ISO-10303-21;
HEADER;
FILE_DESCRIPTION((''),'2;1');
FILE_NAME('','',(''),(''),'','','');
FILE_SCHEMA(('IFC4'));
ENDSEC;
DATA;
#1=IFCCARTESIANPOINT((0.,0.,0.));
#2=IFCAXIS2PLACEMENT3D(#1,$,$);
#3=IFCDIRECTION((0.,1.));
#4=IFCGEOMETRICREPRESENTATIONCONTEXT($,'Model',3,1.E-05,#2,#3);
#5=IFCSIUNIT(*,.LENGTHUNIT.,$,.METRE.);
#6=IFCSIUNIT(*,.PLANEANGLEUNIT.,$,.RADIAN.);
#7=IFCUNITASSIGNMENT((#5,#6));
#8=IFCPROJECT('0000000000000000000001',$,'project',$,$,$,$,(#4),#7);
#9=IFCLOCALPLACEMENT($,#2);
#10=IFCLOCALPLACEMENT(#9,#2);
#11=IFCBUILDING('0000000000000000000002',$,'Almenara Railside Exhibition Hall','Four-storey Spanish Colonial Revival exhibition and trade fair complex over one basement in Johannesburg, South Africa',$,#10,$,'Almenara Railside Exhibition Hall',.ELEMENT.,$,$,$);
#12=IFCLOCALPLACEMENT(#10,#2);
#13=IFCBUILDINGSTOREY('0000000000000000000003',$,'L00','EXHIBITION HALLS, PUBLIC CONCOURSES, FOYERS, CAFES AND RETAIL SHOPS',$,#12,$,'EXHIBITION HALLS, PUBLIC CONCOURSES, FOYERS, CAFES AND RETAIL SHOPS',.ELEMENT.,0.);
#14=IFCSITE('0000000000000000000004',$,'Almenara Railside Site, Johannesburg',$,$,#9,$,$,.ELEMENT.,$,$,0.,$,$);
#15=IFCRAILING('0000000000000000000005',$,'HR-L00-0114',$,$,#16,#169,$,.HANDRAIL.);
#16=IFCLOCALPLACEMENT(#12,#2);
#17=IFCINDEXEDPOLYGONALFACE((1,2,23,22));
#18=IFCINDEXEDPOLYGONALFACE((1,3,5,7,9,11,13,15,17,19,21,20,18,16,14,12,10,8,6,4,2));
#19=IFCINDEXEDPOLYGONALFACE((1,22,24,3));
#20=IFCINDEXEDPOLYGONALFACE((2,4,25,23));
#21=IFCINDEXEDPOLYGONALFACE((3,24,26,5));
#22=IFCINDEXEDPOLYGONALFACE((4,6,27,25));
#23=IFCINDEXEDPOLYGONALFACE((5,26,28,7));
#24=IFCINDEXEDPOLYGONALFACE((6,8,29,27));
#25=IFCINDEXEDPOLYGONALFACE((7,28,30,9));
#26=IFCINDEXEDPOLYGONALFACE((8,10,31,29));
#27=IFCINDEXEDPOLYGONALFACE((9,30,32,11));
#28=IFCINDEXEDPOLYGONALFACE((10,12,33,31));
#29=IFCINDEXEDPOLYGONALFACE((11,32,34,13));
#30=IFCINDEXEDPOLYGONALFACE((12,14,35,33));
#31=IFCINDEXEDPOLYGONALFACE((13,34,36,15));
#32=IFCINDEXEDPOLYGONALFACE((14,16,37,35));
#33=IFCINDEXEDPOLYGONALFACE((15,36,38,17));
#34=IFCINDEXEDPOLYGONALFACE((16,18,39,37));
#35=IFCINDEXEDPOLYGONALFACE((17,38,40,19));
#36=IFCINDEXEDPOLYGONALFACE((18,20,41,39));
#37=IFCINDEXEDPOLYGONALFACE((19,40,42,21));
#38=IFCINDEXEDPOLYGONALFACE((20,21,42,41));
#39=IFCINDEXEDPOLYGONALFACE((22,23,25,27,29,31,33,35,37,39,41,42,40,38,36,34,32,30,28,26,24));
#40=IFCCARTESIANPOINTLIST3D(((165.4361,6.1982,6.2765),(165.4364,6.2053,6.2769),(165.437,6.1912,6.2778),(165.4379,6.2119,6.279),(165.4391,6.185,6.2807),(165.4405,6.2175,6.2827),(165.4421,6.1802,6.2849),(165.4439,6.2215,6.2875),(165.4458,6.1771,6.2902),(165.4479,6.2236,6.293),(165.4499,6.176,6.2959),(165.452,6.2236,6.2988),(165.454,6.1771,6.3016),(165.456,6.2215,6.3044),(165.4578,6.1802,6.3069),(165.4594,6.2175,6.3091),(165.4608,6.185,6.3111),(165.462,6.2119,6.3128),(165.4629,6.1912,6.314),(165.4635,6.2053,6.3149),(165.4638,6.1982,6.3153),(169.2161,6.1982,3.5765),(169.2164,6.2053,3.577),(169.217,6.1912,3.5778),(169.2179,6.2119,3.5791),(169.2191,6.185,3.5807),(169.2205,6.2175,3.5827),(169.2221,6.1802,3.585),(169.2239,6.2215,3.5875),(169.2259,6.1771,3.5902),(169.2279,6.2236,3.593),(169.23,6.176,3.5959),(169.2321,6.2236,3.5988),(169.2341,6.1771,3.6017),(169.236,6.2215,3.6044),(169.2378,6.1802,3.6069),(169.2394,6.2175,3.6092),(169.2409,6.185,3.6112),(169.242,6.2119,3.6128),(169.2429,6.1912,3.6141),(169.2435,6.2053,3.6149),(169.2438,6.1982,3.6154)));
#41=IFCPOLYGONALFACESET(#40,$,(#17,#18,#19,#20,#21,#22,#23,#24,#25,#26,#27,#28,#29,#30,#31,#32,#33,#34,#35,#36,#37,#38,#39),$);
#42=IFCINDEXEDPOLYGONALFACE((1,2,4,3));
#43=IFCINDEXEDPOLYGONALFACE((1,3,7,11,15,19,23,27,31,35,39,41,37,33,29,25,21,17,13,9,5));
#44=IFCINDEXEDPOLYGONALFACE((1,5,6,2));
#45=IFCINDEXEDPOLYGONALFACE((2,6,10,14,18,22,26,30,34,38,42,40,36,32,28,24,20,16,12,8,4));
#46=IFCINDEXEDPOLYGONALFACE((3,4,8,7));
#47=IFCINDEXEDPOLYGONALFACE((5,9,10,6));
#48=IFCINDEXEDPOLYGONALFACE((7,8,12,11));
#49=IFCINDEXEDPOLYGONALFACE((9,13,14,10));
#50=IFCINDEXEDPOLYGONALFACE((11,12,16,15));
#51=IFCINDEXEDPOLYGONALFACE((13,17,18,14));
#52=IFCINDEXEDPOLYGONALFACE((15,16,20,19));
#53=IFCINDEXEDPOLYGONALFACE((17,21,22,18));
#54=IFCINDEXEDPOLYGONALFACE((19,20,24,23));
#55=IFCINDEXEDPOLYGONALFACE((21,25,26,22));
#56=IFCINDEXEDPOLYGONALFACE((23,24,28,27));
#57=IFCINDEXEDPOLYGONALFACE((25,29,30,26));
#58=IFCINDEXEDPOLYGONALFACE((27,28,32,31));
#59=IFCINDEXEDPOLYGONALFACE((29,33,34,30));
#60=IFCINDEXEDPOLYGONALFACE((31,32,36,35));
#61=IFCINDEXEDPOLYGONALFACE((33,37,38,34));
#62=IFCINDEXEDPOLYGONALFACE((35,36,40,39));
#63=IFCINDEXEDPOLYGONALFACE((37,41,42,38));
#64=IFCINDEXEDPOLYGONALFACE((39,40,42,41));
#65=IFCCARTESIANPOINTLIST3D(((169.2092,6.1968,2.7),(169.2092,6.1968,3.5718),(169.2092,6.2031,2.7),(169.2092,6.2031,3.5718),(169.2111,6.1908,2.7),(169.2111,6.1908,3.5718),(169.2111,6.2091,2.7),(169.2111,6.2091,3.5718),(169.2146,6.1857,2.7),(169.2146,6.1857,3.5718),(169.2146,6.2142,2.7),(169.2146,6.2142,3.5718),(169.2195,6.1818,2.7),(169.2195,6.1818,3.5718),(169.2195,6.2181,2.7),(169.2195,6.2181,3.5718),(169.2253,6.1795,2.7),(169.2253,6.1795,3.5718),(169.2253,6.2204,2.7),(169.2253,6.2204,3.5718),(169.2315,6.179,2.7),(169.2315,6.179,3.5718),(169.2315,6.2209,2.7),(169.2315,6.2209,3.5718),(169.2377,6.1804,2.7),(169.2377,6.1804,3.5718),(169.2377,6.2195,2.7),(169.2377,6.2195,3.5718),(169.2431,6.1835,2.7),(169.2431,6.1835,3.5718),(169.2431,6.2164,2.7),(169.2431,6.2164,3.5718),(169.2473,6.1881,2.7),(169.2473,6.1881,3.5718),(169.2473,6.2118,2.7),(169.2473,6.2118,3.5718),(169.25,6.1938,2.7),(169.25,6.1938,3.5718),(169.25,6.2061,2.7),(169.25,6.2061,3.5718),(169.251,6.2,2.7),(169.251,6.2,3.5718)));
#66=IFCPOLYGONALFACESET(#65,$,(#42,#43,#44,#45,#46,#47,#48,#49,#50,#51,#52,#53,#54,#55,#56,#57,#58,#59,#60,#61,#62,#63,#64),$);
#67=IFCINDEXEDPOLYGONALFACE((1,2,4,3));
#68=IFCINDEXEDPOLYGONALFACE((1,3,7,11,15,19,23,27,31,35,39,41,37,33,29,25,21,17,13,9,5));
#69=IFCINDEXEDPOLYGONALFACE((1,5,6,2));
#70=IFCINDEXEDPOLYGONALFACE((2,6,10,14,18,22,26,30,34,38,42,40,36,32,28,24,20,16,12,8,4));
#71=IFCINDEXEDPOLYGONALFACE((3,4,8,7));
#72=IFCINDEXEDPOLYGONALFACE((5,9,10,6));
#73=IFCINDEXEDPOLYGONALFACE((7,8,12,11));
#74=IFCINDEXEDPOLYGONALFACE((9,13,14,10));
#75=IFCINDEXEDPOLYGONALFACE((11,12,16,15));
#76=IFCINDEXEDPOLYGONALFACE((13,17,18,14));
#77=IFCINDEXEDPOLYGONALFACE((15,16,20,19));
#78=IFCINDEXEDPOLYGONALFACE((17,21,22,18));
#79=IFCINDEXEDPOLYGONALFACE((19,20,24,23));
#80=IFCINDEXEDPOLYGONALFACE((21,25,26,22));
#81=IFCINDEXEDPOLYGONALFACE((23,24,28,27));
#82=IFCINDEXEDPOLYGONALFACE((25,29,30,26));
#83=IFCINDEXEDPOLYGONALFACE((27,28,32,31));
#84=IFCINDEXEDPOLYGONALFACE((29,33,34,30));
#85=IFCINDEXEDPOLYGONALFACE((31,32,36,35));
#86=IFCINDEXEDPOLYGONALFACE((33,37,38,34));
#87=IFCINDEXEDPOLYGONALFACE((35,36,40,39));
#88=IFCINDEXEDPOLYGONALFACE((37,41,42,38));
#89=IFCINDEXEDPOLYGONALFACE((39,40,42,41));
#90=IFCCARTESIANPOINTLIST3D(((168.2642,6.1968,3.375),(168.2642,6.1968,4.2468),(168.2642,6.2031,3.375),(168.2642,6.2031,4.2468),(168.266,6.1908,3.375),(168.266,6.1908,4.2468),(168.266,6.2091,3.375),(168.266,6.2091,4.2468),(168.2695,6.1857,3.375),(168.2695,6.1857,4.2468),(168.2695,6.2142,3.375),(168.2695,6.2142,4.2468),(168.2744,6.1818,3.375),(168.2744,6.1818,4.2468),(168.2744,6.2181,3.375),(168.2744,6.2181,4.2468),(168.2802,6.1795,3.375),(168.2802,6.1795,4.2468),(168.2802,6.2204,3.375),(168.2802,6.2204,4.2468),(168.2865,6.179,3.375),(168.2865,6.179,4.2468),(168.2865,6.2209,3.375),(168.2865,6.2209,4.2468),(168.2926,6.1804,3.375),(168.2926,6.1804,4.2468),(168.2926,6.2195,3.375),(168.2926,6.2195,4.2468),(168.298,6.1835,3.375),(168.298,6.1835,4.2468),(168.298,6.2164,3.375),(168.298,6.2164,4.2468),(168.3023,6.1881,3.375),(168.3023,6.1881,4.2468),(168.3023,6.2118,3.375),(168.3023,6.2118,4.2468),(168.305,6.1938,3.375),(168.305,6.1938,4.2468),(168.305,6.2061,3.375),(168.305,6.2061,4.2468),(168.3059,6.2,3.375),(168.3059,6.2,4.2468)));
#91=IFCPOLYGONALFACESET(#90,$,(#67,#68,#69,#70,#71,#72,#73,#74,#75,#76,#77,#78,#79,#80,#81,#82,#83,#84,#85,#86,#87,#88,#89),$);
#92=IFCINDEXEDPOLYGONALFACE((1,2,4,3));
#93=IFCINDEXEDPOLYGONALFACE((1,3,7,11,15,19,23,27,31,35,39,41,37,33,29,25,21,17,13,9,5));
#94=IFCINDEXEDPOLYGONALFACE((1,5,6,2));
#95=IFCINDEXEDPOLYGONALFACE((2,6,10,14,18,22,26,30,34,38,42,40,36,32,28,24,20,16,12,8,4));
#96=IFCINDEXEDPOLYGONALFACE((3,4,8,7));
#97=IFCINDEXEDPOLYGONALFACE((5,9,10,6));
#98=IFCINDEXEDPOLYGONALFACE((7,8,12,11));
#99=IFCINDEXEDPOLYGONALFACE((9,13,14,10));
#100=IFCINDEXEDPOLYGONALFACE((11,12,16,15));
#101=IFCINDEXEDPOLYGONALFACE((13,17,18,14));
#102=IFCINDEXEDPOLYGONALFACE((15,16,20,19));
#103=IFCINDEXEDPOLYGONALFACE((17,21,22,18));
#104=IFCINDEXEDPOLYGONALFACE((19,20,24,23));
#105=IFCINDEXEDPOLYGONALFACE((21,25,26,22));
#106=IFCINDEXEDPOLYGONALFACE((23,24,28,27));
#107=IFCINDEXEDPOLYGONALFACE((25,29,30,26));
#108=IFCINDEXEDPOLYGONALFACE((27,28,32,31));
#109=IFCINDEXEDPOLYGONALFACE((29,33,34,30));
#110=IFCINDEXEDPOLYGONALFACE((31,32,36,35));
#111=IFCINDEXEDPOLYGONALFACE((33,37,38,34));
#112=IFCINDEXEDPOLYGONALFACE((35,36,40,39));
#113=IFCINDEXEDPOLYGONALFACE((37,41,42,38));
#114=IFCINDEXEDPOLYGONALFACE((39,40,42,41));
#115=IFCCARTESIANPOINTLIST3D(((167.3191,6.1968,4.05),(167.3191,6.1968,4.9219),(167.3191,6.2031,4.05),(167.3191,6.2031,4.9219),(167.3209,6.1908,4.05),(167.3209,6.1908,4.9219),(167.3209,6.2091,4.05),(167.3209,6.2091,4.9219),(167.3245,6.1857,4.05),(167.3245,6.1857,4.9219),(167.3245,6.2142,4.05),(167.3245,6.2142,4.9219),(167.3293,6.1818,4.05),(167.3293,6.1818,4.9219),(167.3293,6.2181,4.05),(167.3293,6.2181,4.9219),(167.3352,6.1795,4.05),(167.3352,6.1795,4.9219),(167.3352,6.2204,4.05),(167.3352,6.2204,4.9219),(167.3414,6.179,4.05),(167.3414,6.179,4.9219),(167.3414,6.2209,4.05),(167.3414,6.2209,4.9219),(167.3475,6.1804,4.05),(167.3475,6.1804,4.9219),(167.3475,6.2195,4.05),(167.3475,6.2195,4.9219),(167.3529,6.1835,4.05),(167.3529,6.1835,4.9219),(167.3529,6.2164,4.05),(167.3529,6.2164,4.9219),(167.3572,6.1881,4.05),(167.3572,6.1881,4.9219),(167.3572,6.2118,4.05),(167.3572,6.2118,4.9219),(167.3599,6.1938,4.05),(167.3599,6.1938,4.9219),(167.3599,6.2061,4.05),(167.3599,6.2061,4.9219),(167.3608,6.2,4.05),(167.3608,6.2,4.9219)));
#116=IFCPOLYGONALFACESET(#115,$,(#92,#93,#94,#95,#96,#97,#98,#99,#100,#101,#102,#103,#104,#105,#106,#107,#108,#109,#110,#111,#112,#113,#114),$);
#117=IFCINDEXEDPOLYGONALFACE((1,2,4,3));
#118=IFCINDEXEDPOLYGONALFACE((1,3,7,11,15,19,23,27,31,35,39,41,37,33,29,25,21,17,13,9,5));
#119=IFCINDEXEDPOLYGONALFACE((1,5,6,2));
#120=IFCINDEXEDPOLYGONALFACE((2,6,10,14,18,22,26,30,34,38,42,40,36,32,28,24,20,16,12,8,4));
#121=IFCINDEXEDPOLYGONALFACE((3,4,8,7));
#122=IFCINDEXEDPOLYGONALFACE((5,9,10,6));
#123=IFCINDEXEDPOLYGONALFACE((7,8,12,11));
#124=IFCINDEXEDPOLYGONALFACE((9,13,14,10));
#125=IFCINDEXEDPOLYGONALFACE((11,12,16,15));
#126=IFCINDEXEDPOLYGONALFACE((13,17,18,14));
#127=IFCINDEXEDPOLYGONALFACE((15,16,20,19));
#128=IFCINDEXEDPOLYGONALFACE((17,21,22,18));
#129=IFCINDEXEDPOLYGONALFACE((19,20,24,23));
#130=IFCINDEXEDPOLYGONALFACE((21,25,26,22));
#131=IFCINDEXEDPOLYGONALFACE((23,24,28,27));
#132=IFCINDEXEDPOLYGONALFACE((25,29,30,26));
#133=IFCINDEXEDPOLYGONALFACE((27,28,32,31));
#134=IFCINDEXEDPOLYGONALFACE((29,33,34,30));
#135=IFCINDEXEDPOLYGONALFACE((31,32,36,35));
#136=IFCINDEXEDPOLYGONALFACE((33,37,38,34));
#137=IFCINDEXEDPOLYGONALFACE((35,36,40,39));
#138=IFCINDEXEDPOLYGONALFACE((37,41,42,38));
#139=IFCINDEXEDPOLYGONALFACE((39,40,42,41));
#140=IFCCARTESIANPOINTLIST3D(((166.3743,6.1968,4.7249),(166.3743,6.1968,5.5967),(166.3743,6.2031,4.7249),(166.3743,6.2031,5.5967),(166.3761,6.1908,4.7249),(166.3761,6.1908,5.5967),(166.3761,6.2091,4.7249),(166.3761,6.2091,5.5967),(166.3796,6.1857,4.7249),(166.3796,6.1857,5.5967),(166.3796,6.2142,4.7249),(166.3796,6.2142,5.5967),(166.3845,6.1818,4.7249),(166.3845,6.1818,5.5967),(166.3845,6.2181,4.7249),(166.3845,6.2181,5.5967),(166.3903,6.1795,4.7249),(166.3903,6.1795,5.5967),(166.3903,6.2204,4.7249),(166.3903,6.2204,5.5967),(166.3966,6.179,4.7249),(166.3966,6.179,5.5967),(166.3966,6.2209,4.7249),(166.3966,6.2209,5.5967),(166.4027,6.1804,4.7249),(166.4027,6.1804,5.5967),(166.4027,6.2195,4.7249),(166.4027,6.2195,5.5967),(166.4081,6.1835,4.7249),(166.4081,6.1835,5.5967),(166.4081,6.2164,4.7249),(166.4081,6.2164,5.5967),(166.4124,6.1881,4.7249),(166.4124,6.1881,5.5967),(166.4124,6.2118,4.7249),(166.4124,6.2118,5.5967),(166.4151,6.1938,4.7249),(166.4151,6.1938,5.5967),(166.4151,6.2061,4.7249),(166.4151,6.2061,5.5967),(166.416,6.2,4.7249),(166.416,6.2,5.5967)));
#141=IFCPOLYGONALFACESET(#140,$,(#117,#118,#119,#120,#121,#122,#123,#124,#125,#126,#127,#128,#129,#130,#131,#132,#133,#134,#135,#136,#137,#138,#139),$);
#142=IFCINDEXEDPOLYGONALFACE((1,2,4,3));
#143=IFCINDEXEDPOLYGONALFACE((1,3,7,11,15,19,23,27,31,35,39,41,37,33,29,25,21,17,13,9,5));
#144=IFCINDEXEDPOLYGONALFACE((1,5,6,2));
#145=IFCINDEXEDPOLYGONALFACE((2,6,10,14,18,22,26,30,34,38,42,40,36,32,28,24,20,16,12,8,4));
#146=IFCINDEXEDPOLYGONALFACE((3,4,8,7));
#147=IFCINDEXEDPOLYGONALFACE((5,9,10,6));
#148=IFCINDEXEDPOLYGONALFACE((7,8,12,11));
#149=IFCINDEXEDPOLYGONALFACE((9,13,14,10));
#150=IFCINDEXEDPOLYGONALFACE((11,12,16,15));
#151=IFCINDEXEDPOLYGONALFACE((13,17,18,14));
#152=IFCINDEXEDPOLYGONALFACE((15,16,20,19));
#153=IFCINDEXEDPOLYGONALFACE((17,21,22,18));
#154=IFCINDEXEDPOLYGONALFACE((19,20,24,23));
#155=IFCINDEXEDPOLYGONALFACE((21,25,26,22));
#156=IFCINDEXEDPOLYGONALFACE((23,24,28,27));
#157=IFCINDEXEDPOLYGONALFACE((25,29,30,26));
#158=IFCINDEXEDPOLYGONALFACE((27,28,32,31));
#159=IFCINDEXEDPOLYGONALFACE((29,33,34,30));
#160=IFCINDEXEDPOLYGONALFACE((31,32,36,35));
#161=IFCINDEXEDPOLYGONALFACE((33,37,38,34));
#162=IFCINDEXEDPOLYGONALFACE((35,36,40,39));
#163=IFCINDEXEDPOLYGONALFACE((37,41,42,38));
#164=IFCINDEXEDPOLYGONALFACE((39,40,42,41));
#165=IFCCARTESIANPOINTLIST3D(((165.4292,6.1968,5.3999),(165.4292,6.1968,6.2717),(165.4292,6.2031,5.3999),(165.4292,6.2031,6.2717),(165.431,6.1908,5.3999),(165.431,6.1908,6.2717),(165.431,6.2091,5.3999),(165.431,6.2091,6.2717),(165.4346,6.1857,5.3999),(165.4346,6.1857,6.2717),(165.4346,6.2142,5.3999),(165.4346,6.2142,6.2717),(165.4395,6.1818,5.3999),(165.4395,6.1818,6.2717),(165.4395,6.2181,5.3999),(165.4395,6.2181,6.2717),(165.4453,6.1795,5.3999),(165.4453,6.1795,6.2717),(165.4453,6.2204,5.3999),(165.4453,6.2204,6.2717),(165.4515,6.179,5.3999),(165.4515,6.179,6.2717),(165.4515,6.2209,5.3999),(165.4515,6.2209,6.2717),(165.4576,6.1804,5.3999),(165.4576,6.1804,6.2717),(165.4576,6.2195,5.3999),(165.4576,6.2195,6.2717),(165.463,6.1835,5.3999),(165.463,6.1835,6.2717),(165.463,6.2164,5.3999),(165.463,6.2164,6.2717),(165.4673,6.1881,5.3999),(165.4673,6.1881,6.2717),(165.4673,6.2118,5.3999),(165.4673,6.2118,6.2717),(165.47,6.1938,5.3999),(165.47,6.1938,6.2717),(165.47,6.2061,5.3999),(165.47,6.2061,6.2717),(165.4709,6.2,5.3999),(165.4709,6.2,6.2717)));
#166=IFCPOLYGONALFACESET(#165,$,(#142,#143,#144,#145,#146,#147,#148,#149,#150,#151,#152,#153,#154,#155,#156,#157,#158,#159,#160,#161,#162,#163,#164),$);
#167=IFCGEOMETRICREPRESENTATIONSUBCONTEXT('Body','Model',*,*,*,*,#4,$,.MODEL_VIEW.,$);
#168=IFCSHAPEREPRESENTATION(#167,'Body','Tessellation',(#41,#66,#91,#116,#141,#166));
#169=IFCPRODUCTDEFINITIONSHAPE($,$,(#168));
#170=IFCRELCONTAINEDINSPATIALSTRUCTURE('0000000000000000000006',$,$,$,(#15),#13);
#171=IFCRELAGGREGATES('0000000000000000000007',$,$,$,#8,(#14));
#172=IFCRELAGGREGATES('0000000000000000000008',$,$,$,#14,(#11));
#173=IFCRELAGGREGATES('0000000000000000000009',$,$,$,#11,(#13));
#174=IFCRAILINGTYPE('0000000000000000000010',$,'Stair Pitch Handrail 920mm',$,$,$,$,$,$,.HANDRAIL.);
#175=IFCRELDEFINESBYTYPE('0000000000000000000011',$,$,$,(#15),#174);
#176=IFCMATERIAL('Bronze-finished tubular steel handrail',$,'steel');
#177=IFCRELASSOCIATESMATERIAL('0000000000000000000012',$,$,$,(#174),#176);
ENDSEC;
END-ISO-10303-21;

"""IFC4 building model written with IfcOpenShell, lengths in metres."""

from ifc_helpers import new_model, si_unit, direction, frame, origin, origin_2d, place, context, subcontext, project, spatial, circle, extrude, material, type_object, element, save


model = new_model("IFC4")

# Units and contexts
model_context = context("Model", 3, precision=1e-05, world=origin(), true_north=direction((0.0, 1.0)))
body_context = subcontext(model_context, "Body", "Model", "MODEL_VIEW")
ifc_project = project(units=[si_unit("LENGTHUNIT", "METRE"), si_unit("PLANEANGLEUNIT", "RADIAN")], contexts=[model_context])

# Site, building, storey
site_placement = place(None, origin())
site = spatial("IfcSite", under=ifc_project, at=site_placement, Name="Almenara Railside Site, Johannesburg", CompositionType="ELEMENT", RefElevation=0.0)
building_placement = place(site_placement, origin())
building = spatial("IfcBuilding", under=site, at=building_placement, Name="Almenara Railside Exhibition Hall", Description="Four-storey Spanish Colonial Revival exhibition and trade fair complex over one basement in Johannesburg, South Africa", LongName="Almenara Railside Exhibition Hall", CompositionType="ELEMENT")
storey_placement = place(building_placement, origin())
storey = spatial("IfcBuildingStorey", under=building, at=storey_placement, Name="L00", Description="EXHIBITION HALLS, PUBLIC CONCOURSES, FOYERS, CAFES AND RETAIL SHOPS", LongName="EXHIBITION HALLS, PUBLIC CONCOURSES, FOYERS, CAFES AND RETAIL SHOPS", CompositionType="ELEMENT", Elevation=0.0)

# Railing
ifc_material_1 = material(Name="Bronze-finished tubular steel handrail", Category="steel")
railing_type_1 = type_object("IfcRailingType", Name="Stair Pitch Handrail 920mm", PredefinedType="HANDRAIL", material=ifc_material_1)
railing_1_placement = place(storey_placement, frame((169.23, 6.2, 2.7)))
element("IfcRailing", 1, at=railing_1_placement, inside=storey, type_object=railing_type_1, Name="HR-L00-0114", PredefinedType="HANDRAIL", context=body_context, shape_type="SweptSolid", body=[
    extrude(circle(Radius=0.0239, at=origin_2d()), frame((0.0, 0.0, 0.896), z_axis=(-0.813741, 0.0, 0.581228), x_axis=(0.0, -1.0, 0.0)), (0.0, 0.0, 1.0), 4.6453),
    extrude(circle(Radius=0.021, at=origin_2d()), origin(), (0.0, 0.0, 1.0), 0.8718),
    extrude(circle(Radius=0.021, at=origin_2d()), frame((-0.9451, 0.0, 0.675)), (0.0, 0.0, 1.0), 0.8718),
    extrude(circle(Radius=0.021, at=origin_2d()), frame((-1.8901, 0.0, 1.3501)), (0.0, 0.0, 1.0), 0.8718),
    extrude(circle(Radius=0.021, at=origin_2d()), frame((-2.835, 0.0, 2.0249)), (0.0, 0.0, 1.0), 0.8718),
    extrude(circle(Radius=0.021, at=origin_2d()), frame((-3.78, 0.0, 2.7)), (0.0, 0.0, 1.0), 0.8718),
])

save(model, "model.ifc")
